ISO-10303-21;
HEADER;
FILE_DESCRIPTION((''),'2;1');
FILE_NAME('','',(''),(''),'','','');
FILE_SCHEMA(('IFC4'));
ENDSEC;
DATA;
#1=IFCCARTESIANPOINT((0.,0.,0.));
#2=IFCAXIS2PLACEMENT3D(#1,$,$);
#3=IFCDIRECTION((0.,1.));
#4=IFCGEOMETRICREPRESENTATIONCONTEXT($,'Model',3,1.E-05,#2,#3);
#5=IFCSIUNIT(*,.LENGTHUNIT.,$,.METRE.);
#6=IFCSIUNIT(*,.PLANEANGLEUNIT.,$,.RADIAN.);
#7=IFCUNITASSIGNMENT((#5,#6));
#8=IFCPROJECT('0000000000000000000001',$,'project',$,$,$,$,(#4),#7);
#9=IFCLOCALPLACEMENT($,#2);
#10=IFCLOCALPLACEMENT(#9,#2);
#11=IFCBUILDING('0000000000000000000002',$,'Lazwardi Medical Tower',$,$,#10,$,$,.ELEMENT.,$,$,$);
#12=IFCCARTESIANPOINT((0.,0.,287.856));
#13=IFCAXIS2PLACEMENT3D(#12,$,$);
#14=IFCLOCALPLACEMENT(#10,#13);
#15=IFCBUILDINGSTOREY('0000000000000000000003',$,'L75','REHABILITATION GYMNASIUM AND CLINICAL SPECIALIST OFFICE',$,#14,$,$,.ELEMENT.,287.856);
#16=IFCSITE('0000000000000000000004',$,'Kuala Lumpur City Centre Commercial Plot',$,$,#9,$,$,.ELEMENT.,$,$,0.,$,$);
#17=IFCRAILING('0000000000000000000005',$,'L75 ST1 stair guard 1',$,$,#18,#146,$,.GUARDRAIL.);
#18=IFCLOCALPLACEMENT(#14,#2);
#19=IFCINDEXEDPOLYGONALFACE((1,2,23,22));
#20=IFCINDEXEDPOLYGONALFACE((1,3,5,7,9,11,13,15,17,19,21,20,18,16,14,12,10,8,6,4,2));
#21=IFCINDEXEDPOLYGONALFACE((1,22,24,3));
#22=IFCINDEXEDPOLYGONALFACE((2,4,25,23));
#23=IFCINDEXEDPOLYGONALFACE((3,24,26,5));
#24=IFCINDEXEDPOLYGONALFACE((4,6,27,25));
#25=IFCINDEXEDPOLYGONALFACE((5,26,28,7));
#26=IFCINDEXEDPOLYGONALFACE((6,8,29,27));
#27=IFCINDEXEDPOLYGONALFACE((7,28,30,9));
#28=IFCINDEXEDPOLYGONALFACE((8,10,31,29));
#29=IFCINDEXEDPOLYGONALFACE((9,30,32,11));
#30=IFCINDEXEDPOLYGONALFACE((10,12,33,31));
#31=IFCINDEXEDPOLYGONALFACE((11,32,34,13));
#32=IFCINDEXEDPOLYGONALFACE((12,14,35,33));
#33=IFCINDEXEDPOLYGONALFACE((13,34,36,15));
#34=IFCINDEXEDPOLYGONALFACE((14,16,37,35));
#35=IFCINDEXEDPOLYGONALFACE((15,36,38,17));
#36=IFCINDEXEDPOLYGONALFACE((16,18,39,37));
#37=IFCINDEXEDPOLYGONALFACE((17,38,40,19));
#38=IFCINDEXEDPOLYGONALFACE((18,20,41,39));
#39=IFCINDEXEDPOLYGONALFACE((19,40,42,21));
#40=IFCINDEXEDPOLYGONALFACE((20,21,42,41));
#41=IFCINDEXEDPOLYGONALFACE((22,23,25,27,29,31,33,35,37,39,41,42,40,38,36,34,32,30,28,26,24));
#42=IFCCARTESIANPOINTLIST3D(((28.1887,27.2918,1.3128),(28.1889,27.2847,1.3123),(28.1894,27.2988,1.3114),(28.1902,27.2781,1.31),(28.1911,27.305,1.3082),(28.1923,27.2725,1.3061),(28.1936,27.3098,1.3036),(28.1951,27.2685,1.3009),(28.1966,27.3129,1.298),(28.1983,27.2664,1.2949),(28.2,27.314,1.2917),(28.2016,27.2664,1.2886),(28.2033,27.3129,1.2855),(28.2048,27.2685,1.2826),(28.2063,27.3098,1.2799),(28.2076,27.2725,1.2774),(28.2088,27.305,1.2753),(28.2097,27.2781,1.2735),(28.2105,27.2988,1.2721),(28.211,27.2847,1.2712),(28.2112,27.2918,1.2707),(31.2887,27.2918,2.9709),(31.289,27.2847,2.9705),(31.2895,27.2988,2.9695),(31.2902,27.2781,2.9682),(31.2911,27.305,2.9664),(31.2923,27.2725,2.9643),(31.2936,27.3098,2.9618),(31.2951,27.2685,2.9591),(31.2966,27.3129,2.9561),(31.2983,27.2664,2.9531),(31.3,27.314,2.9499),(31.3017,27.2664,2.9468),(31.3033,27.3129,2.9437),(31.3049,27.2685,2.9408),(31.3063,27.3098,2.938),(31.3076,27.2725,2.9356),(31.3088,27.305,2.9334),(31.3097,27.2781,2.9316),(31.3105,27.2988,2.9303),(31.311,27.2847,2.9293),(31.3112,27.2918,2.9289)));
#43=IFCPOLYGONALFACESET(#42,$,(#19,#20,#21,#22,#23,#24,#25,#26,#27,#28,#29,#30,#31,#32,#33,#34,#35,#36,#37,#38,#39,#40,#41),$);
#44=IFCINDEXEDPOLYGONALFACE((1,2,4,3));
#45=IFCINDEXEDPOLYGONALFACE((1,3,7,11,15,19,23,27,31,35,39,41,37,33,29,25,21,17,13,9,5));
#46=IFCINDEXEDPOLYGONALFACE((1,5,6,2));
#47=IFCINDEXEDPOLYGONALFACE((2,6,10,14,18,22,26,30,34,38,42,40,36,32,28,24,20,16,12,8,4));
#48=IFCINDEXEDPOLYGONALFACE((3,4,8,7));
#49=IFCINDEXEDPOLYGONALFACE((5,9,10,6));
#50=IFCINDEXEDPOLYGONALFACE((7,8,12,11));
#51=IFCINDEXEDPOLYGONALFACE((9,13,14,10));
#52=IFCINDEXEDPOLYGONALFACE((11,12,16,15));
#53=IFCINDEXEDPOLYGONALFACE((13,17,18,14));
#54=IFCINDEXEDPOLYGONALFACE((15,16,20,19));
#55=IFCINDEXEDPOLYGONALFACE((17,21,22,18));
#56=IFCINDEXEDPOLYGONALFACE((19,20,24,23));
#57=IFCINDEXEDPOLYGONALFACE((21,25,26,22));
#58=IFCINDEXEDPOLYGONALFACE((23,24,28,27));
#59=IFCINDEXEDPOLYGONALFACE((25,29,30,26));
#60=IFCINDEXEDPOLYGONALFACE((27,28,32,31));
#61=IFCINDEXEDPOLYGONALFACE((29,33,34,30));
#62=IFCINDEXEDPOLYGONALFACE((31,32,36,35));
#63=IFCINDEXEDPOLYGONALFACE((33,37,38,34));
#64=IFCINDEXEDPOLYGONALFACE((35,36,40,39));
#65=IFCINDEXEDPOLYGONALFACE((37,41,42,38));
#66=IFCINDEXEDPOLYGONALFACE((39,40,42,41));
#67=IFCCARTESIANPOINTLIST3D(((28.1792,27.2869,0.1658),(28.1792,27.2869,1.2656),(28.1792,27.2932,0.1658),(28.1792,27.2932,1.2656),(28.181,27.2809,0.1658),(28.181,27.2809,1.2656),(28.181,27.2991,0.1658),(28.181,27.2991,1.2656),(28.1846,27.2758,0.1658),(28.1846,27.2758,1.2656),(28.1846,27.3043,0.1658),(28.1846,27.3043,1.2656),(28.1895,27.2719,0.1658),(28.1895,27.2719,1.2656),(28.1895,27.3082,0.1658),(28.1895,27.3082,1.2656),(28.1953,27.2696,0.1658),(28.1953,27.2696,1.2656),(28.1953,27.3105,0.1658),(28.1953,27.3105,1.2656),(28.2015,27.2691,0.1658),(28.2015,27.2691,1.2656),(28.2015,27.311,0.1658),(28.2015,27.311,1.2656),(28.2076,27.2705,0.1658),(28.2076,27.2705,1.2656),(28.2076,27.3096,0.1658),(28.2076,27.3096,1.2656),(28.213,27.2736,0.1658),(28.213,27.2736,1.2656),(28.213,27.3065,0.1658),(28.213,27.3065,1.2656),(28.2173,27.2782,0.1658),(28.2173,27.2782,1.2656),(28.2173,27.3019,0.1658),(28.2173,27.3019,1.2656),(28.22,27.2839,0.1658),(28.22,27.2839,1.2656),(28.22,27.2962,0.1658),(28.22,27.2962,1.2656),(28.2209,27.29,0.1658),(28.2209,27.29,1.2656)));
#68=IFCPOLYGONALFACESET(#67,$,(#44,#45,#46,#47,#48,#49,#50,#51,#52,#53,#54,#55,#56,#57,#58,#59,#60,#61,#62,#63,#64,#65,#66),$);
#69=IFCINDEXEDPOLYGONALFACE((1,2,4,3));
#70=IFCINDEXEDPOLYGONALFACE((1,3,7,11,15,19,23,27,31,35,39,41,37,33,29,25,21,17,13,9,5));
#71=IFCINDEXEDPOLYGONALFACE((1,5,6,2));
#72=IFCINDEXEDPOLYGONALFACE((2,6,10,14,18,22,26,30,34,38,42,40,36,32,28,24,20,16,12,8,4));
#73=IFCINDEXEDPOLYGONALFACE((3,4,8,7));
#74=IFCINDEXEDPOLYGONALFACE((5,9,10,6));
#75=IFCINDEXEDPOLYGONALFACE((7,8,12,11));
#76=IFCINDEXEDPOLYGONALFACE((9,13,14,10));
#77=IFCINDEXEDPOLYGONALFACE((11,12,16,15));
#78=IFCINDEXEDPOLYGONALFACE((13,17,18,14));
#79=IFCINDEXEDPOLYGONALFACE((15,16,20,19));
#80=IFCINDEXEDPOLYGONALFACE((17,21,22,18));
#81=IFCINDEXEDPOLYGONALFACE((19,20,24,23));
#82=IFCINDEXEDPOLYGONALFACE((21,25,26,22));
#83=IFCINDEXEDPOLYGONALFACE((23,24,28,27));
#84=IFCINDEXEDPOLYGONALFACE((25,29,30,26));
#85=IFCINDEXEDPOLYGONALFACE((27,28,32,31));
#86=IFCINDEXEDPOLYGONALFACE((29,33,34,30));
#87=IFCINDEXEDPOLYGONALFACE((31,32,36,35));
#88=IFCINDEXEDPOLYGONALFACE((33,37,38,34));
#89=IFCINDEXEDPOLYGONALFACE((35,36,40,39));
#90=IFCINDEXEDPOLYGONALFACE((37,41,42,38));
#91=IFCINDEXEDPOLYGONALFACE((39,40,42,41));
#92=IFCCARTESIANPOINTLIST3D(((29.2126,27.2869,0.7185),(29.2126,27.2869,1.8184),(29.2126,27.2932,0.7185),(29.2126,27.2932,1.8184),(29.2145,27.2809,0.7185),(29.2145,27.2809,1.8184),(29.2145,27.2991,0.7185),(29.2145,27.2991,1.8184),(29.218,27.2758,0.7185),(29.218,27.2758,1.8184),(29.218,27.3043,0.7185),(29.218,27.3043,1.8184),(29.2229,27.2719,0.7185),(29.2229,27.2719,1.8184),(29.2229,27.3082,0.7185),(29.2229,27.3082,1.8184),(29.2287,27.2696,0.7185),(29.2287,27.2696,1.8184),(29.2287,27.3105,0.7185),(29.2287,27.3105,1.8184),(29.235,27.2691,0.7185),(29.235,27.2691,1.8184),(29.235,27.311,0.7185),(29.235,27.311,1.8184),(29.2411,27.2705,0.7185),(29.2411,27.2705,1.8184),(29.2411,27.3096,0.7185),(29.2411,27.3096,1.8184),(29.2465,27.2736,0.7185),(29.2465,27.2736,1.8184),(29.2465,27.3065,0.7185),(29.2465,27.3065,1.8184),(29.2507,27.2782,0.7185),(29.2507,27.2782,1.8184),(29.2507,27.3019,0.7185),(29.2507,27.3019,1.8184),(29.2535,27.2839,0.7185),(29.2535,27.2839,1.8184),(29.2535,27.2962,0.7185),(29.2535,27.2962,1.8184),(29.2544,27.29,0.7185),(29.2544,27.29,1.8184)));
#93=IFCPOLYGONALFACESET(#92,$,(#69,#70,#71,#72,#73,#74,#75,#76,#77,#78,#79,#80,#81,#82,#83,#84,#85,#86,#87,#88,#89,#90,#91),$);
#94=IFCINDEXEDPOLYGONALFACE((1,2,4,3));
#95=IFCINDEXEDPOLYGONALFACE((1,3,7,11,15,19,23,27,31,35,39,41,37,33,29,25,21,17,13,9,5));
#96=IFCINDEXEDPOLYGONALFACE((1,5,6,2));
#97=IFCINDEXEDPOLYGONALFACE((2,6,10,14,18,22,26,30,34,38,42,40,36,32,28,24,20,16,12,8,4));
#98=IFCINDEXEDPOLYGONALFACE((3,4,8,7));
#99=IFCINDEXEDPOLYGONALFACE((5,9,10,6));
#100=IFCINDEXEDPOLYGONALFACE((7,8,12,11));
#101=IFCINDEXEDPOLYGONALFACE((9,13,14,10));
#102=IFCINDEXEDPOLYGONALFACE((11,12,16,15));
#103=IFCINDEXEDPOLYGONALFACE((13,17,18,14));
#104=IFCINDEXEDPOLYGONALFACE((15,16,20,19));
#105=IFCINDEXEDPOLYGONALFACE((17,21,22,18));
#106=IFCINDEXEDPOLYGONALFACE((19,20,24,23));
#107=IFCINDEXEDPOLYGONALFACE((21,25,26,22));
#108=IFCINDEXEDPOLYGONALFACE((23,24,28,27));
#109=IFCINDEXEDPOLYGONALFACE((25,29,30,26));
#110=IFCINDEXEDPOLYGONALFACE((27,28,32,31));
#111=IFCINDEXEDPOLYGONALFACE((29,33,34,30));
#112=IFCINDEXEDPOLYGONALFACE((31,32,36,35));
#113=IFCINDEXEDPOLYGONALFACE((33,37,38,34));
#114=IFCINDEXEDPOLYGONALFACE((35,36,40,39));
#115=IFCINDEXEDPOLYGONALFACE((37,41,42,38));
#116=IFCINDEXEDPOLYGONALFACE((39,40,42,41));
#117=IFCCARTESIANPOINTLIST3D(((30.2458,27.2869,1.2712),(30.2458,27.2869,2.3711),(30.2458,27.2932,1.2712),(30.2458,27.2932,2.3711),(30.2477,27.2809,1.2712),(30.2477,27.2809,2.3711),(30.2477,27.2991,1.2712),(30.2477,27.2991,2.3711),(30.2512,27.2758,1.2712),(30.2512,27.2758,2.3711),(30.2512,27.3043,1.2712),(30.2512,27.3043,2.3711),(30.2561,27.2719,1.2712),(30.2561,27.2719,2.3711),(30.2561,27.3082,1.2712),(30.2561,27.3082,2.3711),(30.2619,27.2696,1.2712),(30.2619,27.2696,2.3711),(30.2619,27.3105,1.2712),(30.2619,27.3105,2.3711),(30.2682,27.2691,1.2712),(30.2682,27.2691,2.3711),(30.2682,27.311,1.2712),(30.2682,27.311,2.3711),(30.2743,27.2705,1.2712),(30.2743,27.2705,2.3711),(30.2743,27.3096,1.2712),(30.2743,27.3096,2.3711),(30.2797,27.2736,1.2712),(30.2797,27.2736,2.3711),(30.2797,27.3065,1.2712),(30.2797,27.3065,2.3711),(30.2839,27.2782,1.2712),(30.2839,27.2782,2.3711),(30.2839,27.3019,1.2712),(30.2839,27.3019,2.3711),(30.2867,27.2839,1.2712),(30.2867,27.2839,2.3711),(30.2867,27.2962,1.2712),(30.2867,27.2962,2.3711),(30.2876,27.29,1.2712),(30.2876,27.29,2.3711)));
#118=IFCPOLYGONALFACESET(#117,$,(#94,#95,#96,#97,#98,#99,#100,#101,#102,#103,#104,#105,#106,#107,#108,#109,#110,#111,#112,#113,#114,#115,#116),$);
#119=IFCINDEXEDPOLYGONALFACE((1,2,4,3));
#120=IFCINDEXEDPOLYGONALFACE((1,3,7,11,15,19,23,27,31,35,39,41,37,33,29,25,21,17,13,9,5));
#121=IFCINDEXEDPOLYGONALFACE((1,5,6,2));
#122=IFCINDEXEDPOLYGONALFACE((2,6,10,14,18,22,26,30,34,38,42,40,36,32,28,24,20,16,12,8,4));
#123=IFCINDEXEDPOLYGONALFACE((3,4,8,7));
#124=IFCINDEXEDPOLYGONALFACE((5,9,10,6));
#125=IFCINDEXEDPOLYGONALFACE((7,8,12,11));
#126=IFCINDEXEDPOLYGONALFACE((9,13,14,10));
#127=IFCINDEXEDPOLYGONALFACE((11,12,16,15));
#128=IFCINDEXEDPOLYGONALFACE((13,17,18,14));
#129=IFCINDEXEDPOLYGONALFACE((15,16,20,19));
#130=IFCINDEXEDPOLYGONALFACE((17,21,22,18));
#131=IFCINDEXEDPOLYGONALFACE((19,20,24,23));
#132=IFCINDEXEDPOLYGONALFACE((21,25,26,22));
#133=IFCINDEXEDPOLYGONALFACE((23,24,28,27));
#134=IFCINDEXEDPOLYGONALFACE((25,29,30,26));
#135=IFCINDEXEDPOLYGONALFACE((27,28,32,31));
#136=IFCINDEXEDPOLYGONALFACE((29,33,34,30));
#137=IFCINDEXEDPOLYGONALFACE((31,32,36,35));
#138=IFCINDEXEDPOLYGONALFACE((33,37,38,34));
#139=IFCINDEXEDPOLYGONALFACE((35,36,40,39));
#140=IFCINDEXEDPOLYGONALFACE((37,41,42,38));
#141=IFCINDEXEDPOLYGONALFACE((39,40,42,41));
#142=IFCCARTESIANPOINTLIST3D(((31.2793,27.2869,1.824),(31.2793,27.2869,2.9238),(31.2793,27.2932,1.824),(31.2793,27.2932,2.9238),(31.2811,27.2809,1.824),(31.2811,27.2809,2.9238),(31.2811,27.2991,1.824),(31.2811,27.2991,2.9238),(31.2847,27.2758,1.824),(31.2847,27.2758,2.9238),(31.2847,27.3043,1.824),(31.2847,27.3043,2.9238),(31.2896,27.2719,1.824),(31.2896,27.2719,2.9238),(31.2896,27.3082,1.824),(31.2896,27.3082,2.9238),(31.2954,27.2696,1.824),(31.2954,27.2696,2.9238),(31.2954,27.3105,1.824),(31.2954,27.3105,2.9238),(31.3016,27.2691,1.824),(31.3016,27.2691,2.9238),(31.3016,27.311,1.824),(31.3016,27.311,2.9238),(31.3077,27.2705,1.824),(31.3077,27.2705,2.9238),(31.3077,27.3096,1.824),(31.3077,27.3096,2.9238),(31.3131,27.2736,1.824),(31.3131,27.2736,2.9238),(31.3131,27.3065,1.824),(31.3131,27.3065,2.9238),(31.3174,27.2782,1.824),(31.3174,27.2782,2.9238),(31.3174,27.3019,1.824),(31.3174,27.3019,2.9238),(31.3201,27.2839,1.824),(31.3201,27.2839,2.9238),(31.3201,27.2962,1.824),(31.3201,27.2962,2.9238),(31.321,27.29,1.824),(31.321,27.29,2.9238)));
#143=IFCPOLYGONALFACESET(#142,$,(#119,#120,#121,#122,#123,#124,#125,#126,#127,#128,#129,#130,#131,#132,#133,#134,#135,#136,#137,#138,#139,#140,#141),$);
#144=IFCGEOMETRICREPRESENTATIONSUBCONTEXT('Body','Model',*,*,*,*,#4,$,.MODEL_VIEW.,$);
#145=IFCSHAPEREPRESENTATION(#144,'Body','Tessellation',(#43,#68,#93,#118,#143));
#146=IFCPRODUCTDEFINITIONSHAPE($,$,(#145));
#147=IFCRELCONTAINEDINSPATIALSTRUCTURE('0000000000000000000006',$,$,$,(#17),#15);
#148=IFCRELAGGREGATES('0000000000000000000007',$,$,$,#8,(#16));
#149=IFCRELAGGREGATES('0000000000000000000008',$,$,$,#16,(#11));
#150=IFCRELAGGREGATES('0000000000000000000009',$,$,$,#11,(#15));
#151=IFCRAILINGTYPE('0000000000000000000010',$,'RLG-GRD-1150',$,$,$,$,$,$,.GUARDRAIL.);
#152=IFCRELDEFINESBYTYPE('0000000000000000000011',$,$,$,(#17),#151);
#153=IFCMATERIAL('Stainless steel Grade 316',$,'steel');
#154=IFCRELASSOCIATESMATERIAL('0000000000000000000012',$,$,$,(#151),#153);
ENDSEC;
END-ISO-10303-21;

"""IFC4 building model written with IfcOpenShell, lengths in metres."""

from ifc_helpers import new_model, si_unit, direction, frame, origin, origin_2d, place, context, subcontext, project, spatial, circle, extrude, material, type_object, element, save


model = new_model("IFC4")

# Units and contexts
model_context = context("Model", 3, precision=1e-05, world=origin(), true_north=direction((0.0, 1.0)))
body_context = subcontext(model_context, "Body", "Model", "MODEL_VIEW")
ifc_project = project(units=[si_unit("LENGTHUNIT", "METRE"), si_unit("PLANEANGLEUNIT", "RADIAN")], contexts=[model_context])

# Site, building, storey
site_placement = place(None, origin())
site = spatial("IfcSite", under=ifc_project, at=site_placement, Name="Kuala Lumpur City Centre Commercial Plot", CompositionType="ELEMENT", RefElevation=0.0)
building_placement = place(site_placement, origin())
building = spatial("IfcBuilding", under=site, at=building_placement, Name="Lazwardi Medical Tower", CompositionType="ELEMENT")
storey_placement = place(building_placement, frame((0.0, 0.0, 287.856)))
storey = spatial("IfcBuildingStorey", under=building, at=storey_placement, Name="L75", Description="REHABILITATION GYMNASIUM AND CLINICAL SPECIALIST OFFICE", CompositionType="ELEMENT", Elevation=287.856)

# Railing
ifc_material_1 = material(Name="Stainless steel Grade 316", Category="steel")
railing_type_1 = type_object("IfcRailingType", Name="RLG-GRD-1150", PredefinedType="GUARDRAIL", material=ifc_material_1)
railing_1_placement = place(storey_placement, frame((28.2, 27.29, 0.1658)))
element("IfcRailing", 1, at=railing_1_placement, inside=storey, type_object=railing_type_1, Name="L75 ST1 stair guard 1", PredefinedType="GUARDRAIL", context=body_context, shape_type="SweptSolid", body=[
    extrude(circle(Radius=0.0239, at=origin_2d()), frame((0.0, 0.0, 1.126), z_axis=(0.881783, 0.0, 0.471655), x_axis=(0.0, 1.0, 0.0)), (0.0, 0.0, 1.0), 3.5156),
    extrude(circle(Radius=0.021, at=origin_2d()), origin(), (0.0, 0.0, 1.0), 1.0999),
    extrude(circle(Radius=0.021, at=origin_2d()), frame((1.0334, 0.0, 0.5527)), (0.0, 0.0, 1.0), 1.0999),
    extrude(circle(Radius=0.021, at=origin_2d()), frame((2.0667, 0.0, 1.1055)), (0.0, 0.0, 1.0), 1.0999),
    extrude(circle(Radius=0.021, at=origin_2d()), frame((3.1001, 0.0, 1.6582)), (0.0, 0.0, 1.0), 1.0999),
])

save(model, "model.ifc")
